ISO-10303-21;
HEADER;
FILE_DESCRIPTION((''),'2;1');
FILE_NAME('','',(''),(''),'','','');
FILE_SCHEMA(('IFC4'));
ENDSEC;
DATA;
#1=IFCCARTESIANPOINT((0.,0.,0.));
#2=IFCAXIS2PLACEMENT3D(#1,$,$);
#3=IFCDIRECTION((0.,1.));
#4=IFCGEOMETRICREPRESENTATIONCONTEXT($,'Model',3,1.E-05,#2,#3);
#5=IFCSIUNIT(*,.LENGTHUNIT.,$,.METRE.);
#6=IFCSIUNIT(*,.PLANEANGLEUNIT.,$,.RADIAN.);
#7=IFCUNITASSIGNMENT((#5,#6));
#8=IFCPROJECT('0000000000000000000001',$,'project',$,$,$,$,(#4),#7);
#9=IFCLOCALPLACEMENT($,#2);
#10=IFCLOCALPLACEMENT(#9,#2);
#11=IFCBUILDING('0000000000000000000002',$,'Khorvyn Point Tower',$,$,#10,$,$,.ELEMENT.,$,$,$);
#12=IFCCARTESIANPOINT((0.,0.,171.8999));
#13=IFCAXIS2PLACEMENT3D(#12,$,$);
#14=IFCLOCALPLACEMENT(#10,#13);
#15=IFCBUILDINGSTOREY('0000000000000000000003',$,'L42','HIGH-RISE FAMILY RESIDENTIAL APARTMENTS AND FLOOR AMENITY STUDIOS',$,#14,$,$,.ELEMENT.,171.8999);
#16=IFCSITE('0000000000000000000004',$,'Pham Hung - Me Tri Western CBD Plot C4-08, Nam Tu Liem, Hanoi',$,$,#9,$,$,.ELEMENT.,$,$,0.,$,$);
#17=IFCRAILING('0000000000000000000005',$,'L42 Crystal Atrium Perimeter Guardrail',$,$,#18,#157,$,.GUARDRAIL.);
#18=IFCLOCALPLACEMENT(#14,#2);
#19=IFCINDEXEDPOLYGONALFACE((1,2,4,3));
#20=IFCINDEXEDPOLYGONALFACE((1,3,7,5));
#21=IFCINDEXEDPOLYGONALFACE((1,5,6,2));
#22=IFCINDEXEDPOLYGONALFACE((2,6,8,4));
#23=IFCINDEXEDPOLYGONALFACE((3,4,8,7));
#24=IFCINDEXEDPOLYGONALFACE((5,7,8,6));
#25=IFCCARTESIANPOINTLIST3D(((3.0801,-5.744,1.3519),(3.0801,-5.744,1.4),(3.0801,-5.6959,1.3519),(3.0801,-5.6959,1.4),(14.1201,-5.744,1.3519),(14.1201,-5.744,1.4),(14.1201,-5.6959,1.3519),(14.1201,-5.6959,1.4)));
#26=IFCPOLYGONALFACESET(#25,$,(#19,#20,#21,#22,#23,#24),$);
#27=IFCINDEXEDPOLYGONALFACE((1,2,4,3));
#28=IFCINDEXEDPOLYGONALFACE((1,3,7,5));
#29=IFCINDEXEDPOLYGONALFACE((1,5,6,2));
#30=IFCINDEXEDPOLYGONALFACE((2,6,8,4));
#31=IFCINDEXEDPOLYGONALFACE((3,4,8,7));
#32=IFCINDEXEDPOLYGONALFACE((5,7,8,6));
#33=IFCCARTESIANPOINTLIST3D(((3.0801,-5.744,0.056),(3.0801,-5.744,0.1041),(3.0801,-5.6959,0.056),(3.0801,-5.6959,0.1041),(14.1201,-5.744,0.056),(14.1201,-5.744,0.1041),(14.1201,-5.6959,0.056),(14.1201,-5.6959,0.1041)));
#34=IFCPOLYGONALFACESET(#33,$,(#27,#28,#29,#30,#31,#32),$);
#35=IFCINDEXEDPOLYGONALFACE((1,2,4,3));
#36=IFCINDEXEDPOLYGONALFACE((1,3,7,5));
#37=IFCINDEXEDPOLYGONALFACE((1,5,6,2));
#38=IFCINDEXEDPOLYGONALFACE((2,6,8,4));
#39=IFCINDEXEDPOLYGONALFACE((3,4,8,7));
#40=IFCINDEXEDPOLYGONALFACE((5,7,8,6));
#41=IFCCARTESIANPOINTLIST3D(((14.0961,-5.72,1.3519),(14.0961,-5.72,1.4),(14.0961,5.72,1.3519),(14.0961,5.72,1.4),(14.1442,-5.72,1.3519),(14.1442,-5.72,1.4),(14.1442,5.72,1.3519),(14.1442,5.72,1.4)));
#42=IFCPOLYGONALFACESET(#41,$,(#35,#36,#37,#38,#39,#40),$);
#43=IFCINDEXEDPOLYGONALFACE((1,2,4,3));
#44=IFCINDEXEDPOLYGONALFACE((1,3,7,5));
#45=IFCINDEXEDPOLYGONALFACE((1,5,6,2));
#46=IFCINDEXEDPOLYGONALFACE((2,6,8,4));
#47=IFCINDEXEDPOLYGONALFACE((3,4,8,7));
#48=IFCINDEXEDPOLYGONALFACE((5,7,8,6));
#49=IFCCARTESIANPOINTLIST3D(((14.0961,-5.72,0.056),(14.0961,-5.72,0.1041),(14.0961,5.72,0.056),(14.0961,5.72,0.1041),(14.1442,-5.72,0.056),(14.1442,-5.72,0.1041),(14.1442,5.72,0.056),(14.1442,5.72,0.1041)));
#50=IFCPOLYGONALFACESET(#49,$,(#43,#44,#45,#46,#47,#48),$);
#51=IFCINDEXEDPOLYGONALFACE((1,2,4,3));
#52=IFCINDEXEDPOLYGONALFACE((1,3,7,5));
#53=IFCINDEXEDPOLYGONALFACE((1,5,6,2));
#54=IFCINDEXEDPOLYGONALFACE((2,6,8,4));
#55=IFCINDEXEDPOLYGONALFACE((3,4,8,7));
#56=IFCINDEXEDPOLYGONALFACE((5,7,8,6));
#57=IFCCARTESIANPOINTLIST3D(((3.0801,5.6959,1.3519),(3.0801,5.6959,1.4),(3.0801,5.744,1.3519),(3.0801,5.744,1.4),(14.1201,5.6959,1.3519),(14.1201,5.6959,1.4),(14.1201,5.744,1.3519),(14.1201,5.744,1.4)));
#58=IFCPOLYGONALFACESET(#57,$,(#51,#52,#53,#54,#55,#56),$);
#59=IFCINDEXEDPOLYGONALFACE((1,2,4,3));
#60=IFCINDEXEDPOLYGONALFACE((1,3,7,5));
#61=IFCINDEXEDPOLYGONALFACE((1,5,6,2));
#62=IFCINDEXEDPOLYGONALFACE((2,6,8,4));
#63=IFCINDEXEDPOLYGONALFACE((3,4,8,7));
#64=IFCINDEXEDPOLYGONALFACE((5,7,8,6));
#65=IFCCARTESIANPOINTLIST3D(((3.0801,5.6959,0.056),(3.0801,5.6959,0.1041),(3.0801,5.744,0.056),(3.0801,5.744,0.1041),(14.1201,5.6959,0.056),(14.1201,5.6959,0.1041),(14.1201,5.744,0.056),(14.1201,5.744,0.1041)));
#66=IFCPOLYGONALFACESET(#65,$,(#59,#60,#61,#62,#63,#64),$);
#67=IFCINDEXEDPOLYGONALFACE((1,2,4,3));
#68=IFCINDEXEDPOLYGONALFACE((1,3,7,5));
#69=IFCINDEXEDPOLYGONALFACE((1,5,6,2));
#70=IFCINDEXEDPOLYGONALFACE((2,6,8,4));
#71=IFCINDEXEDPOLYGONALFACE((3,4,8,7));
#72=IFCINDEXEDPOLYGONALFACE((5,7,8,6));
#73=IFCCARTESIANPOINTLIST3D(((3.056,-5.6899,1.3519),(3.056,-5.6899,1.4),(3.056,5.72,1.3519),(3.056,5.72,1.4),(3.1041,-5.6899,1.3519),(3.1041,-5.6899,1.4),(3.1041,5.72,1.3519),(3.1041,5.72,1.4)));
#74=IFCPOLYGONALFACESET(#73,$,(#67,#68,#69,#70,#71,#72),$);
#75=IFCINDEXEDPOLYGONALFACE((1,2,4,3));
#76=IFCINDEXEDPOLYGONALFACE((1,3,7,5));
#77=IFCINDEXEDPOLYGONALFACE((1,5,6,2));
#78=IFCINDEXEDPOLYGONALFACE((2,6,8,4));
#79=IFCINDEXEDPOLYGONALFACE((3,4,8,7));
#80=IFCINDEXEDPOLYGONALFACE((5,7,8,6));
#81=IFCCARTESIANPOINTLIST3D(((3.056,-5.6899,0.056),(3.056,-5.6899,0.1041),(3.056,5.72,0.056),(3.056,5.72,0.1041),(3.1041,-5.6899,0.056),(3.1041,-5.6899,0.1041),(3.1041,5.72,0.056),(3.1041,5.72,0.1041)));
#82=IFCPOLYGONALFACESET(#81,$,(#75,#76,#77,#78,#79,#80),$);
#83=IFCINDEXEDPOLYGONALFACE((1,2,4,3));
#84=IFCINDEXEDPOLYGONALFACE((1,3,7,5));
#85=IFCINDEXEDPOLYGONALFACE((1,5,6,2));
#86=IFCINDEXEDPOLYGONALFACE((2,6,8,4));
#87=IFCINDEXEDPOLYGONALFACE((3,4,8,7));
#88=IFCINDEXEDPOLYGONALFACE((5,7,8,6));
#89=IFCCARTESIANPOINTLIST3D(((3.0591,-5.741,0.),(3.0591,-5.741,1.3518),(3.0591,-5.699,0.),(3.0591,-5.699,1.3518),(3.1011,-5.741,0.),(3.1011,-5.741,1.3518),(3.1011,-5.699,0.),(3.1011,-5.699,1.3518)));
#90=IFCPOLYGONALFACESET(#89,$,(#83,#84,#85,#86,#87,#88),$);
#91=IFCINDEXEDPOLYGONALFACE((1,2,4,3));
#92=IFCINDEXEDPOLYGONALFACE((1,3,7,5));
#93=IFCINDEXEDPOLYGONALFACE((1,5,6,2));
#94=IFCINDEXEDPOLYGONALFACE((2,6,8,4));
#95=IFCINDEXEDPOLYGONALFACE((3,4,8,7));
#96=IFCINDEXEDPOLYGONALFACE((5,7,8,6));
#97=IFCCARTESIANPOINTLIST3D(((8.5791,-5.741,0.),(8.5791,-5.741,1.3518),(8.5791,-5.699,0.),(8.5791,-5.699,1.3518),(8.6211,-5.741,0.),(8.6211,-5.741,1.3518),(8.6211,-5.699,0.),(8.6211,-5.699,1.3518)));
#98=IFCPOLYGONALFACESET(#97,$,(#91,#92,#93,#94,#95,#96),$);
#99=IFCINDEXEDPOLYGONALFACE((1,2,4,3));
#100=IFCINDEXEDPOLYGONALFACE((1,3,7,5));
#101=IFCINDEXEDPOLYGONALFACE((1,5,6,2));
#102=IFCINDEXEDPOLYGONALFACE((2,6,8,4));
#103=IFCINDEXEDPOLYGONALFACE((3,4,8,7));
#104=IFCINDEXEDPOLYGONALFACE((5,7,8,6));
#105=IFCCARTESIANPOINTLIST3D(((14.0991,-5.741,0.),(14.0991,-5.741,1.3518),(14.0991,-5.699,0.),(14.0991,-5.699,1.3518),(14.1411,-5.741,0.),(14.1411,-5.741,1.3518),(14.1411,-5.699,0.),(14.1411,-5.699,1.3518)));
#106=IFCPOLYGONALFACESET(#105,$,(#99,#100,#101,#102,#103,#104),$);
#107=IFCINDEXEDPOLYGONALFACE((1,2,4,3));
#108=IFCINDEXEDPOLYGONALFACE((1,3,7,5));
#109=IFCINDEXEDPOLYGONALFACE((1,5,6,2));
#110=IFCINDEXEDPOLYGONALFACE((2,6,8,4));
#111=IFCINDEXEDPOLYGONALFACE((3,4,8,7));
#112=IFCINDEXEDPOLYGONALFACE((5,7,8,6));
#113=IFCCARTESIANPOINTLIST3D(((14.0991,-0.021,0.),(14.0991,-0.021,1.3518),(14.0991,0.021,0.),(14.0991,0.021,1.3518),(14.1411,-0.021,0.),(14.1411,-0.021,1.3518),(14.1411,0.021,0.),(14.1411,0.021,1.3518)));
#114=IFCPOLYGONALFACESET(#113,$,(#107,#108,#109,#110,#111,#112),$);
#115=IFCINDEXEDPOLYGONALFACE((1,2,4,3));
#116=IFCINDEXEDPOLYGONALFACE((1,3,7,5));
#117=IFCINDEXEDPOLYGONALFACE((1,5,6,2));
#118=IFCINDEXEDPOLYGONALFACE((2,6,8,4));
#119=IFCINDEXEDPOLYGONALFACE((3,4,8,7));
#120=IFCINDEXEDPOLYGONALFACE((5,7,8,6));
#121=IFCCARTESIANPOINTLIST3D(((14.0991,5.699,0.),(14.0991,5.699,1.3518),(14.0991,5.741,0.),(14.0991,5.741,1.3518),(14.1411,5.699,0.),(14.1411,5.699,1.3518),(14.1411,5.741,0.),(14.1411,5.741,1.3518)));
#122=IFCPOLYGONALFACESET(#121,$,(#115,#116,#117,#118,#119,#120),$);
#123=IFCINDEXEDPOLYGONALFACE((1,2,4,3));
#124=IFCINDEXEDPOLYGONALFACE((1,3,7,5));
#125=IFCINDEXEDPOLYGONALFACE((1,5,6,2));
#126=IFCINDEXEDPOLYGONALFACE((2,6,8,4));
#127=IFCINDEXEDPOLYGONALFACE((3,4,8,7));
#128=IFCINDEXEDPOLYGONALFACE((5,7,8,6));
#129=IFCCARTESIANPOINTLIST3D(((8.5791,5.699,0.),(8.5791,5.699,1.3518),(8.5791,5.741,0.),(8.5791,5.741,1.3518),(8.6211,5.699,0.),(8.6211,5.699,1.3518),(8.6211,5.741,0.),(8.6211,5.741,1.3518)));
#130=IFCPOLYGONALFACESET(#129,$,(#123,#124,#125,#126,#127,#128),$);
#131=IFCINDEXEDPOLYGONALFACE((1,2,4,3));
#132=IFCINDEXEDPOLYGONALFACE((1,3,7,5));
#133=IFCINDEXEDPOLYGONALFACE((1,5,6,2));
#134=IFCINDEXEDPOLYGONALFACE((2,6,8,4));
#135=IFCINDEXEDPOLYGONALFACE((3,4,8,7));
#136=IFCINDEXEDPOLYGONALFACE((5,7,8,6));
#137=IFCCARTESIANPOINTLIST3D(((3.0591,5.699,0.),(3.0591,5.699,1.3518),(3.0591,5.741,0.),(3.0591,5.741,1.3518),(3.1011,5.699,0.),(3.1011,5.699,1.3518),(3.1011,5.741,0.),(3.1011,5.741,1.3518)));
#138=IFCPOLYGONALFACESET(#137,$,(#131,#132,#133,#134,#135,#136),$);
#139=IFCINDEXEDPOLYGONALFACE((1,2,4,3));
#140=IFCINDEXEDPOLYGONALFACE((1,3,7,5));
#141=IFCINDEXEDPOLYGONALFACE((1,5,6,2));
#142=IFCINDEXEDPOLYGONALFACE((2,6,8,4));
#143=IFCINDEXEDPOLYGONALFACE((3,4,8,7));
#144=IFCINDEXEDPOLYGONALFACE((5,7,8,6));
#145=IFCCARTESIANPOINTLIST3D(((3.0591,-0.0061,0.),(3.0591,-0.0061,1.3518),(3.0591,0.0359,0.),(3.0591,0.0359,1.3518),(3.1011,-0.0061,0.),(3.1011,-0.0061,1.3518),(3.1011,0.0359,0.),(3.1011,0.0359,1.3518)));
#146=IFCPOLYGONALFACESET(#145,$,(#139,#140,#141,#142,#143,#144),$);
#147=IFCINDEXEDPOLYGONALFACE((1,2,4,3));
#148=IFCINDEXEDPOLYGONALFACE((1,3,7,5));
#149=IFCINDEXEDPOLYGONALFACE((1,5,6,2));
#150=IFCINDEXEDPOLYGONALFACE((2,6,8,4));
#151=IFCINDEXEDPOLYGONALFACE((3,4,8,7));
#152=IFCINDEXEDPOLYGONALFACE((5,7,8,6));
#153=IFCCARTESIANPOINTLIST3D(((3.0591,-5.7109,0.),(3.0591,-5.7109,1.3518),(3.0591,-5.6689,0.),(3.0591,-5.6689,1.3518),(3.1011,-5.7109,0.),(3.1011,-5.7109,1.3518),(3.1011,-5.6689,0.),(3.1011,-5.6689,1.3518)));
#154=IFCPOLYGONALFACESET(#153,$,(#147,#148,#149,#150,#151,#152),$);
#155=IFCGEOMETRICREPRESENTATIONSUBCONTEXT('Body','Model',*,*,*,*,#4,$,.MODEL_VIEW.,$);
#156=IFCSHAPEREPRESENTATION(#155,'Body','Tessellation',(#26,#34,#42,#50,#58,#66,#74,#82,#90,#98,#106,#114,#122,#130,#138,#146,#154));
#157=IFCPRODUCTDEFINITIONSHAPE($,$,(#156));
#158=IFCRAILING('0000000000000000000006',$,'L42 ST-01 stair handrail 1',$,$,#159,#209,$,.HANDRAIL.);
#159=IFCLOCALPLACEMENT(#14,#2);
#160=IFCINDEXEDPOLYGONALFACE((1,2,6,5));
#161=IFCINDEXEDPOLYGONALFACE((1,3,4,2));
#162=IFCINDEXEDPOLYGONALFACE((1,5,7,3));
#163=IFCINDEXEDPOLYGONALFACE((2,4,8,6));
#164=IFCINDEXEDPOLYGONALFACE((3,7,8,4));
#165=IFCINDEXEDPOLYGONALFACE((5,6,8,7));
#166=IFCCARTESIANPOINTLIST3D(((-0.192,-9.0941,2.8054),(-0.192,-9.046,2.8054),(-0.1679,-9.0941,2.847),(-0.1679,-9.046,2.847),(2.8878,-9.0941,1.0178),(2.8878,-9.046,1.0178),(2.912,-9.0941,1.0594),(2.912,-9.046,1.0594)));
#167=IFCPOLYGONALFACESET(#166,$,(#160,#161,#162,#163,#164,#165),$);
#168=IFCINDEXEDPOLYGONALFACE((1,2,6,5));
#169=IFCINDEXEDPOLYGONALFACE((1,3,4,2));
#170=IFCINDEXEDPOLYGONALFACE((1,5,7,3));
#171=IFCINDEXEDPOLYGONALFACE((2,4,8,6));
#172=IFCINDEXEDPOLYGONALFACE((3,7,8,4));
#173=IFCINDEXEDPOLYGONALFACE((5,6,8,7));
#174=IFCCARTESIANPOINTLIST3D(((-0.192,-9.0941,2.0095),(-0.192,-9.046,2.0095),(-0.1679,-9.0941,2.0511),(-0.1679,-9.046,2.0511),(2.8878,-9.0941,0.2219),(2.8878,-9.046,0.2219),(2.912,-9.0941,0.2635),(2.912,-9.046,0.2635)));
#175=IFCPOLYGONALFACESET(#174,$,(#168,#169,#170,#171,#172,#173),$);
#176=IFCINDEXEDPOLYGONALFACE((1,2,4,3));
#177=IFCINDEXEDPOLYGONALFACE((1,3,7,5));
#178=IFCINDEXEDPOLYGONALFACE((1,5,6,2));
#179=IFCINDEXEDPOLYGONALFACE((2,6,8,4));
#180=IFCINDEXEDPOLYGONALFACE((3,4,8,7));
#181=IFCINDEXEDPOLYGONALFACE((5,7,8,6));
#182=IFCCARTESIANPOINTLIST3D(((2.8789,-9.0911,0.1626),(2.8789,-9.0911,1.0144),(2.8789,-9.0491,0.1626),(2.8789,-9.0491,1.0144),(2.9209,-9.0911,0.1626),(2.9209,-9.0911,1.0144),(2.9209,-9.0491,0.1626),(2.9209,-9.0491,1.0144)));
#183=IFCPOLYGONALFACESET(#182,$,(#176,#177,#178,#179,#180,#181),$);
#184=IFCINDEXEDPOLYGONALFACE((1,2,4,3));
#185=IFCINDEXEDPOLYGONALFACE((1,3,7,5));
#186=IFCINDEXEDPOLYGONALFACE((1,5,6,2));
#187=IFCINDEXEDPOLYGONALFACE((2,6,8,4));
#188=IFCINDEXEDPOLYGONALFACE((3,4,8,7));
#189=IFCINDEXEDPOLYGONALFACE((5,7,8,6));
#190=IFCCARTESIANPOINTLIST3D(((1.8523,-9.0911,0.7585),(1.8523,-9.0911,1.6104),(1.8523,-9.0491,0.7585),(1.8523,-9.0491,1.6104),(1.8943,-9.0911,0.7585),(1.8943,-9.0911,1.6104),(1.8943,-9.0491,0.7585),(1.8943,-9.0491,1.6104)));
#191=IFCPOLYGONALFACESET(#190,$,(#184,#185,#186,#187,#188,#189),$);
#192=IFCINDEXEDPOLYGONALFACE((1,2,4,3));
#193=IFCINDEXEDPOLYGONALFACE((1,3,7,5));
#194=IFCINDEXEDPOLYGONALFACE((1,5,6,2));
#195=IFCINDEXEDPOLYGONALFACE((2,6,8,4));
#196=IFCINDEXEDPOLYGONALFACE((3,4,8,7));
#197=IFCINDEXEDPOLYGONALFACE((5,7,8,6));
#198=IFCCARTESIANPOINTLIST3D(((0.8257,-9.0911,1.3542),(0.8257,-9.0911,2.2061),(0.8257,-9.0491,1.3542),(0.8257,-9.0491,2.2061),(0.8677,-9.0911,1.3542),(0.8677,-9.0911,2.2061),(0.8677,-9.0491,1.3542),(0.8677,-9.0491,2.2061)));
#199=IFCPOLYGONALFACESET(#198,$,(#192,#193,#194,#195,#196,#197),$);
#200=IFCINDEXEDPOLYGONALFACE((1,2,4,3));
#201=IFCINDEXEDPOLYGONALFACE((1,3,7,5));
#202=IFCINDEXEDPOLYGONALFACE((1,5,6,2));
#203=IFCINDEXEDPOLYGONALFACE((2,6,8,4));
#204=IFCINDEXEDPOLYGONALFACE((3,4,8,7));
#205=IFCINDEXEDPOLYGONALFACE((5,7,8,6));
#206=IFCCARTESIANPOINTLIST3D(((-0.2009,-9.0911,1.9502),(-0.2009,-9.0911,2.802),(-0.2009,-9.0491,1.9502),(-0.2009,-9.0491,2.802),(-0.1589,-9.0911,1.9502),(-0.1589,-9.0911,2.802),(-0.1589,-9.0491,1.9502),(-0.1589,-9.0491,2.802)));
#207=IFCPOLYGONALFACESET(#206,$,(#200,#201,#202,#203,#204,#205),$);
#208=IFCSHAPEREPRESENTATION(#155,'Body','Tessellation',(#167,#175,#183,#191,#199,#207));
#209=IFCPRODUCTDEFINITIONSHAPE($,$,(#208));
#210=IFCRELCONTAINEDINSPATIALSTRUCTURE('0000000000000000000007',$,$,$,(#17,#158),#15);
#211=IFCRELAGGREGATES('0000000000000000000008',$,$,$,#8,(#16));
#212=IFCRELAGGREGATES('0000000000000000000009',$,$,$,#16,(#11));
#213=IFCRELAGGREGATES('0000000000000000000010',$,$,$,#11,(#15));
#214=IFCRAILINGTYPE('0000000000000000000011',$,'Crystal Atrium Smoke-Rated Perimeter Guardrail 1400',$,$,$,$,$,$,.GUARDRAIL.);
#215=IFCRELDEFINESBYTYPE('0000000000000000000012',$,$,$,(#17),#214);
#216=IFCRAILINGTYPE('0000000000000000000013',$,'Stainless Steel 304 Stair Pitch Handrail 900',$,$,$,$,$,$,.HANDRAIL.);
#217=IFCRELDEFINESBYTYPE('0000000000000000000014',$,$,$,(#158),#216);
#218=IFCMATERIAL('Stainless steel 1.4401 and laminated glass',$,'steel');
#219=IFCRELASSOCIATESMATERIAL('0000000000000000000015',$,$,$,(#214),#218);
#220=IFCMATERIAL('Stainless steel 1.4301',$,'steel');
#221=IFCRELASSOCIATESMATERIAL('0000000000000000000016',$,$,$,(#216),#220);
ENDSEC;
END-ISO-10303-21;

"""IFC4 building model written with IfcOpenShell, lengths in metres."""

from ifc_helpers import new_model, si_unit, direction, frame, origin, origin_2d, place, context, subcontext, project, spatial, rectangle, extrude, material, type_object, element, save


model = new_model("IFC4")

# Units and contexts
model_context = context("Model", 3, precision=1e-05, world=origin(), true_north=direction((0.0, 1.0)))
body_context = subcontext(model_context, "Body", "Model", "MODEL_VIEW")
ifc_project = project(units=[si_unit("LENGTHUNIT", "METRE"), si_unit("PLANEANGLEUNIT", "RADIAN")], contexts=[model_context])

# Site, building, storey
site_placement = place(None, origin())
site = spatial("IfcSite", under=ifc_project, at=site_placement, Name="Pham Hung - Me Tri Western CBD Plot C4-08, Nam Tu Liem, Hanoi", CompositionType="ELEMENT", RefElevation=0.0)
building_placement = place(site_placement, origin())
building = spatial("IfcBuilding", under=site, at=building_placement, Name="Khorvyn Point Tower", CompositionType="ELEMENT")
storey_placement = place(building_placement, frame((0.0, 0.0, 171.8999)))
storey = spatial("IfcBuildingStorey", under=building, at=storey_placement, Name="L42", Description="HIGH-RISE FAMILY RESIDENTIAL APARTMENTS AND FLOOR AMENITY STUDIOS", CompositionType="ELEMENT", Elevation=171.8999)

# Shared definitions
ifc_material_1 = material(Name="Stainless steel 1.4301", Category="steel")

# Railings
ifc_material_2 = material(Name="Stainless steel 1.4401 and laminated glass", Category="steel")
railing_type_1 = type_object("IfcRailingType", Name="Crystal Atrium Smoke-Rated Perimeter Guardrail 1400", PredefinedType="GUARDRAIL", material=ifc_material_2)
railing_1_placement = place(storey_placement, frame((3.0801, -5.72, 0.0)))
element("IfcRailing", 1, at=railing_1_placement, inside=storey, type_object=railing_type_1, Name="L42 Crystal Atrium Perimeter Guardrail", PredefinedType="GUARDRAIL", context=body_context, shape_type="SweptSolid", body=[
    extrude(rectangle(XDim=0.0481, YDim=0.0481, at=origin_2d()), frame((0.0, 0.0, 1.376), z_axis=(1.0, 0.0, 0.0), x_axis=(0.0, 1.0, 0.0)), (0.0, 0.0, 1.0), 11.04),
    extrude(rectangle(XDim=0.0481, YDim=0.0481, at=origin_2d()), frame((0.0, 0.0, 0.0801), z_axis=(1.0, 0.0, 0.0), x_axis=(0.0, 1.0, 0.0)), (0.0, 0.0, 1.0), 11.04),
    extrude(rectangle(XDim=0.0481, YDim=0.0481, at=origin_2d()), frame((11.04, 0.0, 1.376), z_axis=(0.0, 1.0, 0.0), x_axis=(-1.0, 0.0, 0.0)), (0.0, 0.0, 1.0), 11.4399),
    extrude(rectangle(XDim=0.0481, YDim=0.0481, at=origin_2d()), frame((11.04, 0.0, 0.0801), z_axis=(0.0, 1.0, 0.0), x_axis=(-1.0, 0.0, 0.0)), (0.0, 0.0, 1.0), 11.4399),
    extrude(rectangle(XDim=0.0481, YDim=0.0481, at=origin_2d()), frame((11.04, 11.4399, 1.376), z_axis=(-1.0, 0.0, 0.0), x_axis=(0.0, -1.0, 0.0)), (0.0, 0.0, 1.0), 11.04),
    extrude(rectangle(XDim=0.0481, YDim=0.0481, at=origin_2d()), frame((11.04, 11.4399, 0.0801), z_axis=(-1.0, 0.0, 0.0), x_axis=(0.0, -1.0, 0.0)), (0.0, 0.0, 1.0), 11.04),
    extrude(rectangle(XDim=0.0481, YDim=0.0481, at=origin_2d()), frame((0.0, 11.4399, 1.376), z_axis=(0.0, -1.0, 0.0), x_axis=(1.0, 0.0, 0.0)), (0.0, 0.0, 1.0), 11.4099),
    extrude(rectangle(XDim=0.0481, YDim=0.0481, at=origin_2d()), frame((0.0, 11.4399, 0.0801), z_axis=(0.0, -1.0, 0.0), x_axis=(1.0, 0.0, 0.0)), (0.0, 0.0, 1.0), 11.4099),
    extrude(rectangle(XDim=0.042, YDim=0.042, at=origin_2d()), origin(), (0.0, 0.0, 1.0), 1.3518),
    extrude(rectangle(XDim=0.042, YDim=0.042, at=origin_2d()), frame((5.52, 0.0, 0.0)), (0.0, 0.0, 1.0), 1.3518),
    extrude(rectangle(XDim=0.042, YDim=0.042, at=origin_2d()), frame((11.04, 0.0, 0.0)), (0.0, 0.0, 1.0), 1.3518),
    extrude(rectangle(XDim=0.042, YDim=0.042, at=origin_2d()), frame((11.04, 5.72, 0.0)), (0.0, 0.0, 1.0), 1.3518),
    extrude(rectangle(XDim=0.042, YDim=0.042, at=origin_2d()), frame((11.04, 11.4399, 0.0)), (0.0, 0.0, 1.0), 1.3518),
    extrude(rectangle(XDim=0.042, YDim=0.042, at=origin_2d()), frame((5.52, 11.4399, 0.0)), (0.0, 0.0, 1.0), 1.3518),
    extrude(rectangle(XDim=0.042, YDim=0.042, at=origin_2d()), frame((0.0, 11.4399, 0.0)), (0.0, 0.0, 1.0), 1.3518),
    extrude(rectangle(XDim=0.042, YDim=0.042, at=origin_2d()), frame((0.0, 5.7349, 0.0)), (0.0, 0.0, 1.0), 1.3518),
    extrude(rectangle(XDim=0.042, YDim=0.042, at=origin_2d()), frame((0.0, 0.03, 0.0)), (0.0, 0.0, 1.0), 1.3518),
])
railing_type_2 = type_object("IfcRailingType", Name="Stainless Steel 304 Stair Pitch Handrail 900", PredefinedType="HANDRAIL", material=ifc_material_1)
railing_2_placement = place(storey_placement, frame((2.8999, -9.0701, 0.1626)))
element("IfcRailing", 2, at=railing_2_placement, inside=storey, type_object=railing_type_2, Name="L42 ST-01 stair handrail 1", PredefinedType="HANDRAIL", context=body_context, shape_type="SweptSolid", body=[
    extrude(rectangle(XDim=0.0481, YDim=0.0481, at=origin_2d()), frame((0.0, 0.0, 0.876), z_axis=(-0.864873, 0.0, 0.50199), x_axis=(0.0, -1.0, 0.0)), (0.0, 0.0, 1.0), 3.561),
    extrude(rectangle(XDim=0.0481, YDim=0.0481, at=origin_2d()), frame((0.0, 0.0, 0.0801), z_axis=(-0.864873, 0.0, 0.50199), x_axis=(0.0, -1.0, 0.0)), (0.0, 0.0, 1.0), 3.561),
    extrude(rectangle(XDim=0.042, YDim=0.042, at=origin_2d()), origin(), (0.0, 0.0, 1.0), 0.8518),
    extrude(rectangle(XDim=0.042, YDim=0.042, at=origin_2d()), frame((-1.0266, 0.0, 0.5959)), (0.0, 0.0, 1.0), 0.8518),
    extrude(rectangle(XDim=0.042, YDim=0.042, at=origin_2d()), frame((-2.0532, 0.0, 1.1917)), (0.0, 0.0, 1.0), 0.8518),
    extrude(rectangle(XDim=0.042, YDim=0.042, at=origin_2d()), frame((-3.0798, 0.0, 1.7876)), (0.0, 0.0, 1.0), 0.8518),
])

save(model, "model.ifc")
